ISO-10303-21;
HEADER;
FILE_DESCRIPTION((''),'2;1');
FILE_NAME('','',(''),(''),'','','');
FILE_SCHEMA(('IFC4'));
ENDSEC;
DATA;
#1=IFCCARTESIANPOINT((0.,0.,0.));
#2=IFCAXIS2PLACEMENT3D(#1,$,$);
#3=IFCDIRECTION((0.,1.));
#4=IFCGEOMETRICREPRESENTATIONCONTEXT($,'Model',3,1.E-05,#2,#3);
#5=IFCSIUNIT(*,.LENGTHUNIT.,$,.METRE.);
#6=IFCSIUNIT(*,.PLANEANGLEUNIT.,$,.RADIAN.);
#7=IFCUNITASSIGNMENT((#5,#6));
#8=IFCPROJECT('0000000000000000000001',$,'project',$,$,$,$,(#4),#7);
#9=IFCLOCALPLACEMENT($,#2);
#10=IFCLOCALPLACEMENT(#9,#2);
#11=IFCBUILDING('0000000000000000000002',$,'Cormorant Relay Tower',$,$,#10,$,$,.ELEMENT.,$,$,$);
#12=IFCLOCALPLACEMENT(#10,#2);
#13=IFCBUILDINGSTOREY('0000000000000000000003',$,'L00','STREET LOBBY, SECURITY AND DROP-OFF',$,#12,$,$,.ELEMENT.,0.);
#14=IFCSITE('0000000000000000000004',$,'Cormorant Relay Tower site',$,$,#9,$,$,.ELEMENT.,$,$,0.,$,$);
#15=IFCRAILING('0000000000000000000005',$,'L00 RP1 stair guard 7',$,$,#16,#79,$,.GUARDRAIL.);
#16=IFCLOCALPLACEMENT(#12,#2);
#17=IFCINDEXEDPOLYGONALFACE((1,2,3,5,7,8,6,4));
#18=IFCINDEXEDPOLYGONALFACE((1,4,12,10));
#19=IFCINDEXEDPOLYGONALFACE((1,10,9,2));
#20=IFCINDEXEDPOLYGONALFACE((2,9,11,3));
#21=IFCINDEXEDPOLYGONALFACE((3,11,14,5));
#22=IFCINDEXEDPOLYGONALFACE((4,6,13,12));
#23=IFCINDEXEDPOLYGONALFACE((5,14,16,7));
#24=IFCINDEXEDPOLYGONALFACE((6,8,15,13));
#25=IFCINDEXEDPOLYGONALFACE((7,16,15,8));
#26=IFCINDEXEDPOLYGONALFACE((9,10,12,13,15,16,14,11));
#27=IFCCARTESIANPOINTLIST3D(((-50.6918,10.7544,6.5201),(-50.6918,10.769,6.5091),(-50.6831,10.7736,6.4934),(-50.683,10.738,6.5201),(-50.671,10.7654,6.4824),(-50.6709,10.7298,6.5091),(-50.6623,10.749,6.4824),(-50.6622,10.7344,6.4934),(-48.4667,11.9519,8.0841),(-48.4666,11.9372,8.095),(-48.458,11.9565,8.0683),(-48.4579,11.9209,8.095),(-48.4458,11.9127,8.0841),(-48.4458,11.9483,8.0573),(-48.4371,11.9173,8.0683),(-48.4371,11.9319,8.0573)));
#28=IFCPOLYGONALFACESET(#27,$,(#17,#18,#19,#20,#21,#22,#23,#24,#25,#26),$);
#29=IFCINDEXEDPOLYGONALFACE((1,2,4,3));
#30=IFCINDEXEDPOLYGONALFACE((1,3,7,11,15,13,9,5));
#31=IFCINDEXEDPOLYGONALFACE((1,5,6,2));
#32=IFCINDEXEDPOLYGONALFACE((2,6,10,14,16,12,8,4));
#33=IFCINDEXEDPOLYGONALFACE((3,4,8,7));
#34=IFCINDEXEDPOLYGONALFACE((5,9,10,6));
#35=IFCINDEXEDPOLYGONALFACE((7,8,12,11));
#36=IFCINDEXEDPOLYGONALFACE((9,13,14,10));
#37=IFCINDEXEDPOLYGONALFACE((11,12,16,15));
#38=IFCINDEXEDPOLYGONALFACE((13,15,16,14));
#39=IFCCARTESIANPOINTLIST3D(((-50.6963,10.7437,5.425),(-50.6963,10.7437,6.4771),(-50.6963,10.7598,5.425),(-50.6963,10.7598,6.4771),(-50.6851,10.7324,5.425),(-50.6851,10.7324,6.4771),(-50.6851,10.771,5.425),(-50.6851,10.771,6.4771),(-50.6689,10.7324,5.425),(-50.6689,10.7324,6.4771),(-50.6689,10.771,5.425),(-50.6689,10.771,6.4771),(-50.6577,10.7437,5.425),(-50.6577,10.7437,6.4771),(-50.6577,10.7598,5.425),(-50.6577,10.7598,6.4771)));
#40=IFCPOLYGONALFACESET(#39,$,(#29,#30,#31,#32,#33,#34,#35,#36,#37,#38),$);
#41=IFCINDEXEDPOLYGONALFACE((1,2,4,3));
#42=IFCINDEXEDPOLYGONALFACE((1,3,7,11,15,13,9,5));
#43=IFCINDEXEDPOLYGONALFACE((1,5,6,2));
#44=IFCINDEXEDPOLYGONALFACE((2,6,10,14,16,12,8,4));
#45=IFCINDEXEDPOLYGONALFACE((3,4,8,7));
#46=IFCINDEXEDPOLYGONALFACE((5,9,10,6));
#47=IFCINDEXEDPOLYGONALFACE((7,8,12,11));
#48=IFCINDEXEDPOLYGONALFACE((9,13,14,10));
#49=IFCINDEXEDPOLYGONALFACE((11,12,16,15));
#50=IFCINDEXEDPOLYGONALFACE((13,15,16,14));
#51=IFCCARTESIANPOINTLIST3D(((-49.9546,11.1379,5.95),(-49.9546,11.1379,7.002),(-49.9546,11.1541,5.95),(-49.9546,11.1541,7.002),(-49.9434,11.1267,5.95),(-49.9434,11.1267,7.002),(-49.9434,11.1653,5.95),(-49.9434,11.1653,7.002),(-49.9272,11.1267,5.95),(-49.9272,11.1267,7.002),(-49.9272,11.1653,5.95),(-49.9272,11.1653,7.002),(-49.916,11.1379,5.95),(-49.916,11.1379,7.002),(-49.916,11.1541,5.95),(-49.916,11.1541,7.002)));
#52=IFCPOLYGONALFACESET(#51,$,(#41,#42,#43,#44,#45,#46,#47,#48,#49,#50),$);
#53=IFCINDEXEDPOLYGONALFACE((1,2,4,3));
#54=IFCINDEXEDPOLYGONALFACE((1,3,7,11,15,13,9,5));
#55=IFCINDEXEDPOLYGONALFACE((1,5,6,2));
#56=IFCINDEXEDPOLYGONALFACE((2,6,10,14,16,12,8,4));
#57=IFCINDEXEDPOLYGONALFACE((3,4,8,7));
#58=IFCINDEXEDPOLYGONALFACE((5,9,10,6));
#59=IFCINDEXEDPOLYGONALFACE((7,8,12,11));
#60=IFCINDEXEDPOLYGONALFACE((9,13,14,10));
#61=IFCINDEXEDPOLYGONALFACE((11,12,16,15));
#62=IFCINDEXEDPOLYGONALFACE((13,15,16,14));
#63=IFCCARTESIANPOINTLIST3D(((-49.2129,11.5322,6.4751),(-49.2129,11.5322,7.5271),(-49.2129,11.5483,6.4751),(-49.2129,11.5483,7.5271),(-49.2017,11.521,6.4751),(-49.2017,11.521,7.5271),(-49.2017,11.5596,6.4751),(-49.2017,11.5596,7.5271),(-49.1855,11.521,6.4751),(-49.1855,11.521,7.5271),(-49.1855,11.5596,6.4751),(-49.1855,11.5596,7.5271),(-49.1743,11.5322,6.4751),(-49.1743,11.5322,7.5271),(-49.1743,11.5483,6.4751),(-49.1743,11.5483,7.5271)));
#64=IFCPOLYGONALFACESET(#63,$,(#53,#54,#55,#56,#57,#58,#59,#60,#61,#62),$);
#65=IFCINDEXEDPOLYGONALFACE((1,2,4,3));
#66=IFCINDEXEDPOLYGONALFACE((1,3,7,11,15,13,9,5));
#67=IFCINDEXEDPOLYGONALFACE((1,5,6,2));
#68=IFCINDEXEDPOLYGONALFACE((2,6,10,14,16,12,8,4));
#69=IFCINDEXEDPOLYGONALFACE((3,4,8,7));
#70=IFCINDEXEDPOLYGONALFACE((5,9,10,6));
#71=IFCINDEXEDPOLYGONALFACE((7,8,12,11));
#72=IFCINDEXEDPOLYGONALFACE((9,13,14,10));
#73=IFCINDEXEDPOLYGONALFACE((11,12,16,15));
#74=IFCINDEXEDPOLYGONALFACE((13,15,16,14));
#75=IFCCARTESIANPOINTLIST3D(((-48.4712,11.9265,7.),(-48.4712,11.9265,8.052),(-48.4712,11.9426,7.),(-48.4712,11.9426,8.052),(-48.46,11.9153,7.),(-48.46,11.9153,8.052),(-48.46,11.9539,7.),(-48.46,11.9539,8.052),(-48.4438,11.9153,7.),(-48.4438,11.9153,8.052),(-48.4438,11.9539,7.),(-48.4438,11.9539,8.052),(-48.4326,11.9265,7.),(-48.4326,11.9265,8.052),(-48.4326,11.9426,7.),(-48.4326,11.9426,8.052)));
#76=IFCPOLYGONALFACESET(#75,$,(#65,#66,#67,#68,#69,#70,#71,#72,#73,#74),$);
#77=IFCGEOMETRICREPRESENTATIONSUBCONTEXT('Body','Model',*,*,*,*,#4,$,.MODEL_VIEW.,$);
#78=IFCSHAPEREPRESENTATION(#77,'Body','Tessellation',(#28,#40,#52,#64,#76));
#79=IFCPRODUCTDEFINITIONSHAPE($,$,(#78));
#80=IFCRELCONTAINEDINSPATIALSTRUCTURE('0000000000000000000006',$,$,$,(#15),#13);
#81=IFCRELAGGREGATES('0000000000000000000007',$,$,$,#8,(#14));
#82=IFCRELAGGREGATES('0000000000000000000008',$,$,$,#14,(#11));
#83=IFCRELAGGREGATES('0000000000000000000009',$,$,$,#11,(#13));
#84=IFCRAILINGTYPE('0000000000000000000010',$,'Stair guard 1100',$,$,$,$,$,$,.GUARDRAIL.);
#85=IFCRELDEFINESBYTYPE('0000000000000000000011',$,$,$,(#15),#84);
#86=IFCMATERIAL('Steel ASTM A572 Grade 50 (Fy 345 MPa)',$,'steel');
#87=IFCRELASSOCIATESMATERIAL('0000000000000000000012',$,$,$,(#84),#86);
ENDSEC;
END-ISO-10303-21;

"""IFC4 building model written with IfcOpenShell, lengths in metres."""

from ifc_helpers import new_model, si_unit, direction, frame, origin, place, context, subcontext, project, spatial, polyline, outline, extrude, material, type_object, element, save


model = new_model("IFC4")

# Units and contexts
model_context = context("Model", 3, precision=1e-05, world=origin(), true_north=direction((0.0, 1.0)))
body_context = subcontext(model_context, "Body", "Model", "MODEL_VIEW")
ifc_project = project(units=[si_unit("LENGTHUNIT", "METRE"), si_unit("PLANEANGLEUNIT", "RADIAN")], contexts=[model_context])

# Site, building, storey
site_placement = place(None, origin())
site = spatial("IfcSite", under=ifc_project, at=site_placement, Name="Cormorant Relay Tower site", CompositionType="ELEMENT", RefElevation=0.0)
building_placement = place(site_placement, origin())
building = spatial("IfcBuilding", under=site, at=building_placement, Name="Cormorant Relay Tower", CompositionType="ELEMENT")
storey_placement = place(building_placement, origin())
storey = spatial("IfcBuildingStorey", under=building, at=storey_placement, Name="L00", Description="STREET LOBBY, SECURITY AND DROP-OFF", CompositionType="ELEMENT", Elevation=0.0)

# Railing
ifc_material_1 = material(Name="Steel ASTM A572 Grade 50 (Fy 345 MPa)", Category="steel")
railing_type = type_object("IfcRailingType", Name="Stair guard 1100", PredefinedType="GUARDRAIL", material=ifc_material_1)
railing_1_placement = place(storey_placement, frame((-50.677, 10.7517, 5.425)))
element("IfcRailing", 1, at=railing_1_placement, inside=storey, type_object=railing_type, Name="L00 RP1 stair guard 7", PredefinedType="GUARDRAIL", context=body_context, shape_type="SweptSolid", body=[
    extrude(outline(polyline([(0.0222, 0.0093), (0.0093, 0.0222), (-0.0093, 0.0222), (-0.0222, 0.0093), (-0.0222, -0.0093), (-0.0093, -0.0222), (0.0093, -0.0222), (0.0222, -0.0093), (0.0222, 0.0093)])), frame((0.0, 0.0, 1.0762), z_axis=(0.748776, 0.398049, 0.529993), x_axis=(-0.469396, 0.882988, 0.0)), (0.0, 0.0, 1.0), 2.9717),
    extrude(outline(polyline([(0.0193, 0.0081), (0.0081, 0.0193), (-0.0081, 0.0193), (-0.0193, 0.0081), (-0.0193, -0.0081), (-0.0081, -0.0193), (0.0081, -0.0193), (0.0193, -0.0081), (0.0193, 0.0081)])), origin(), (0.0, 0.0, 1.0), 1.052),
    extrude(outline(polyline([(0.0193, 0.0081), (0.0081, 0.0193), (-0.0081, 0.0193), (-0.0193, 0.0081), (-0.0193, -0.0081), (-0.0081, -0.0193), (0.0081, -0.0193), (0.0193, -0.0081), (0.0193, 0.0081)])), frame((0.7417, 0.3943, 0.5249)), (0.0, 0.0, 1.0), 1.052),
    extrude(outline(polyline([(0.0193, 0.0081), (0.0081, 0.0193), (-0.0081, 0.0193), (-0.0193, 0.0081), (-0.0193, -0.0081), (-0.0081, -0.0193), (0.0081, -0.0193), (0.0193, -0.0081), (0.0193, 0.0081)])), frame((1.4834, 0.7886, 1.05)), (0.0, 0.0, 1.0), 1.052),
    extrude(outline(polyline([(0.0193, 0.0081), (0.0081, 0.0193), (-0.0081, 0.0193), (-0.0193, 0.0081), (-0.0193, -0.0081), (-0.0081, -0.0193), (0.0081, -0.0193), (0.0193, -0.0081), (0.0193, 0.0081)])), frame((2.2251, 1.1829, 1.575)), (0.0, 0.0, 1.0), 1.052),
])

save(model, "model.ifc")
